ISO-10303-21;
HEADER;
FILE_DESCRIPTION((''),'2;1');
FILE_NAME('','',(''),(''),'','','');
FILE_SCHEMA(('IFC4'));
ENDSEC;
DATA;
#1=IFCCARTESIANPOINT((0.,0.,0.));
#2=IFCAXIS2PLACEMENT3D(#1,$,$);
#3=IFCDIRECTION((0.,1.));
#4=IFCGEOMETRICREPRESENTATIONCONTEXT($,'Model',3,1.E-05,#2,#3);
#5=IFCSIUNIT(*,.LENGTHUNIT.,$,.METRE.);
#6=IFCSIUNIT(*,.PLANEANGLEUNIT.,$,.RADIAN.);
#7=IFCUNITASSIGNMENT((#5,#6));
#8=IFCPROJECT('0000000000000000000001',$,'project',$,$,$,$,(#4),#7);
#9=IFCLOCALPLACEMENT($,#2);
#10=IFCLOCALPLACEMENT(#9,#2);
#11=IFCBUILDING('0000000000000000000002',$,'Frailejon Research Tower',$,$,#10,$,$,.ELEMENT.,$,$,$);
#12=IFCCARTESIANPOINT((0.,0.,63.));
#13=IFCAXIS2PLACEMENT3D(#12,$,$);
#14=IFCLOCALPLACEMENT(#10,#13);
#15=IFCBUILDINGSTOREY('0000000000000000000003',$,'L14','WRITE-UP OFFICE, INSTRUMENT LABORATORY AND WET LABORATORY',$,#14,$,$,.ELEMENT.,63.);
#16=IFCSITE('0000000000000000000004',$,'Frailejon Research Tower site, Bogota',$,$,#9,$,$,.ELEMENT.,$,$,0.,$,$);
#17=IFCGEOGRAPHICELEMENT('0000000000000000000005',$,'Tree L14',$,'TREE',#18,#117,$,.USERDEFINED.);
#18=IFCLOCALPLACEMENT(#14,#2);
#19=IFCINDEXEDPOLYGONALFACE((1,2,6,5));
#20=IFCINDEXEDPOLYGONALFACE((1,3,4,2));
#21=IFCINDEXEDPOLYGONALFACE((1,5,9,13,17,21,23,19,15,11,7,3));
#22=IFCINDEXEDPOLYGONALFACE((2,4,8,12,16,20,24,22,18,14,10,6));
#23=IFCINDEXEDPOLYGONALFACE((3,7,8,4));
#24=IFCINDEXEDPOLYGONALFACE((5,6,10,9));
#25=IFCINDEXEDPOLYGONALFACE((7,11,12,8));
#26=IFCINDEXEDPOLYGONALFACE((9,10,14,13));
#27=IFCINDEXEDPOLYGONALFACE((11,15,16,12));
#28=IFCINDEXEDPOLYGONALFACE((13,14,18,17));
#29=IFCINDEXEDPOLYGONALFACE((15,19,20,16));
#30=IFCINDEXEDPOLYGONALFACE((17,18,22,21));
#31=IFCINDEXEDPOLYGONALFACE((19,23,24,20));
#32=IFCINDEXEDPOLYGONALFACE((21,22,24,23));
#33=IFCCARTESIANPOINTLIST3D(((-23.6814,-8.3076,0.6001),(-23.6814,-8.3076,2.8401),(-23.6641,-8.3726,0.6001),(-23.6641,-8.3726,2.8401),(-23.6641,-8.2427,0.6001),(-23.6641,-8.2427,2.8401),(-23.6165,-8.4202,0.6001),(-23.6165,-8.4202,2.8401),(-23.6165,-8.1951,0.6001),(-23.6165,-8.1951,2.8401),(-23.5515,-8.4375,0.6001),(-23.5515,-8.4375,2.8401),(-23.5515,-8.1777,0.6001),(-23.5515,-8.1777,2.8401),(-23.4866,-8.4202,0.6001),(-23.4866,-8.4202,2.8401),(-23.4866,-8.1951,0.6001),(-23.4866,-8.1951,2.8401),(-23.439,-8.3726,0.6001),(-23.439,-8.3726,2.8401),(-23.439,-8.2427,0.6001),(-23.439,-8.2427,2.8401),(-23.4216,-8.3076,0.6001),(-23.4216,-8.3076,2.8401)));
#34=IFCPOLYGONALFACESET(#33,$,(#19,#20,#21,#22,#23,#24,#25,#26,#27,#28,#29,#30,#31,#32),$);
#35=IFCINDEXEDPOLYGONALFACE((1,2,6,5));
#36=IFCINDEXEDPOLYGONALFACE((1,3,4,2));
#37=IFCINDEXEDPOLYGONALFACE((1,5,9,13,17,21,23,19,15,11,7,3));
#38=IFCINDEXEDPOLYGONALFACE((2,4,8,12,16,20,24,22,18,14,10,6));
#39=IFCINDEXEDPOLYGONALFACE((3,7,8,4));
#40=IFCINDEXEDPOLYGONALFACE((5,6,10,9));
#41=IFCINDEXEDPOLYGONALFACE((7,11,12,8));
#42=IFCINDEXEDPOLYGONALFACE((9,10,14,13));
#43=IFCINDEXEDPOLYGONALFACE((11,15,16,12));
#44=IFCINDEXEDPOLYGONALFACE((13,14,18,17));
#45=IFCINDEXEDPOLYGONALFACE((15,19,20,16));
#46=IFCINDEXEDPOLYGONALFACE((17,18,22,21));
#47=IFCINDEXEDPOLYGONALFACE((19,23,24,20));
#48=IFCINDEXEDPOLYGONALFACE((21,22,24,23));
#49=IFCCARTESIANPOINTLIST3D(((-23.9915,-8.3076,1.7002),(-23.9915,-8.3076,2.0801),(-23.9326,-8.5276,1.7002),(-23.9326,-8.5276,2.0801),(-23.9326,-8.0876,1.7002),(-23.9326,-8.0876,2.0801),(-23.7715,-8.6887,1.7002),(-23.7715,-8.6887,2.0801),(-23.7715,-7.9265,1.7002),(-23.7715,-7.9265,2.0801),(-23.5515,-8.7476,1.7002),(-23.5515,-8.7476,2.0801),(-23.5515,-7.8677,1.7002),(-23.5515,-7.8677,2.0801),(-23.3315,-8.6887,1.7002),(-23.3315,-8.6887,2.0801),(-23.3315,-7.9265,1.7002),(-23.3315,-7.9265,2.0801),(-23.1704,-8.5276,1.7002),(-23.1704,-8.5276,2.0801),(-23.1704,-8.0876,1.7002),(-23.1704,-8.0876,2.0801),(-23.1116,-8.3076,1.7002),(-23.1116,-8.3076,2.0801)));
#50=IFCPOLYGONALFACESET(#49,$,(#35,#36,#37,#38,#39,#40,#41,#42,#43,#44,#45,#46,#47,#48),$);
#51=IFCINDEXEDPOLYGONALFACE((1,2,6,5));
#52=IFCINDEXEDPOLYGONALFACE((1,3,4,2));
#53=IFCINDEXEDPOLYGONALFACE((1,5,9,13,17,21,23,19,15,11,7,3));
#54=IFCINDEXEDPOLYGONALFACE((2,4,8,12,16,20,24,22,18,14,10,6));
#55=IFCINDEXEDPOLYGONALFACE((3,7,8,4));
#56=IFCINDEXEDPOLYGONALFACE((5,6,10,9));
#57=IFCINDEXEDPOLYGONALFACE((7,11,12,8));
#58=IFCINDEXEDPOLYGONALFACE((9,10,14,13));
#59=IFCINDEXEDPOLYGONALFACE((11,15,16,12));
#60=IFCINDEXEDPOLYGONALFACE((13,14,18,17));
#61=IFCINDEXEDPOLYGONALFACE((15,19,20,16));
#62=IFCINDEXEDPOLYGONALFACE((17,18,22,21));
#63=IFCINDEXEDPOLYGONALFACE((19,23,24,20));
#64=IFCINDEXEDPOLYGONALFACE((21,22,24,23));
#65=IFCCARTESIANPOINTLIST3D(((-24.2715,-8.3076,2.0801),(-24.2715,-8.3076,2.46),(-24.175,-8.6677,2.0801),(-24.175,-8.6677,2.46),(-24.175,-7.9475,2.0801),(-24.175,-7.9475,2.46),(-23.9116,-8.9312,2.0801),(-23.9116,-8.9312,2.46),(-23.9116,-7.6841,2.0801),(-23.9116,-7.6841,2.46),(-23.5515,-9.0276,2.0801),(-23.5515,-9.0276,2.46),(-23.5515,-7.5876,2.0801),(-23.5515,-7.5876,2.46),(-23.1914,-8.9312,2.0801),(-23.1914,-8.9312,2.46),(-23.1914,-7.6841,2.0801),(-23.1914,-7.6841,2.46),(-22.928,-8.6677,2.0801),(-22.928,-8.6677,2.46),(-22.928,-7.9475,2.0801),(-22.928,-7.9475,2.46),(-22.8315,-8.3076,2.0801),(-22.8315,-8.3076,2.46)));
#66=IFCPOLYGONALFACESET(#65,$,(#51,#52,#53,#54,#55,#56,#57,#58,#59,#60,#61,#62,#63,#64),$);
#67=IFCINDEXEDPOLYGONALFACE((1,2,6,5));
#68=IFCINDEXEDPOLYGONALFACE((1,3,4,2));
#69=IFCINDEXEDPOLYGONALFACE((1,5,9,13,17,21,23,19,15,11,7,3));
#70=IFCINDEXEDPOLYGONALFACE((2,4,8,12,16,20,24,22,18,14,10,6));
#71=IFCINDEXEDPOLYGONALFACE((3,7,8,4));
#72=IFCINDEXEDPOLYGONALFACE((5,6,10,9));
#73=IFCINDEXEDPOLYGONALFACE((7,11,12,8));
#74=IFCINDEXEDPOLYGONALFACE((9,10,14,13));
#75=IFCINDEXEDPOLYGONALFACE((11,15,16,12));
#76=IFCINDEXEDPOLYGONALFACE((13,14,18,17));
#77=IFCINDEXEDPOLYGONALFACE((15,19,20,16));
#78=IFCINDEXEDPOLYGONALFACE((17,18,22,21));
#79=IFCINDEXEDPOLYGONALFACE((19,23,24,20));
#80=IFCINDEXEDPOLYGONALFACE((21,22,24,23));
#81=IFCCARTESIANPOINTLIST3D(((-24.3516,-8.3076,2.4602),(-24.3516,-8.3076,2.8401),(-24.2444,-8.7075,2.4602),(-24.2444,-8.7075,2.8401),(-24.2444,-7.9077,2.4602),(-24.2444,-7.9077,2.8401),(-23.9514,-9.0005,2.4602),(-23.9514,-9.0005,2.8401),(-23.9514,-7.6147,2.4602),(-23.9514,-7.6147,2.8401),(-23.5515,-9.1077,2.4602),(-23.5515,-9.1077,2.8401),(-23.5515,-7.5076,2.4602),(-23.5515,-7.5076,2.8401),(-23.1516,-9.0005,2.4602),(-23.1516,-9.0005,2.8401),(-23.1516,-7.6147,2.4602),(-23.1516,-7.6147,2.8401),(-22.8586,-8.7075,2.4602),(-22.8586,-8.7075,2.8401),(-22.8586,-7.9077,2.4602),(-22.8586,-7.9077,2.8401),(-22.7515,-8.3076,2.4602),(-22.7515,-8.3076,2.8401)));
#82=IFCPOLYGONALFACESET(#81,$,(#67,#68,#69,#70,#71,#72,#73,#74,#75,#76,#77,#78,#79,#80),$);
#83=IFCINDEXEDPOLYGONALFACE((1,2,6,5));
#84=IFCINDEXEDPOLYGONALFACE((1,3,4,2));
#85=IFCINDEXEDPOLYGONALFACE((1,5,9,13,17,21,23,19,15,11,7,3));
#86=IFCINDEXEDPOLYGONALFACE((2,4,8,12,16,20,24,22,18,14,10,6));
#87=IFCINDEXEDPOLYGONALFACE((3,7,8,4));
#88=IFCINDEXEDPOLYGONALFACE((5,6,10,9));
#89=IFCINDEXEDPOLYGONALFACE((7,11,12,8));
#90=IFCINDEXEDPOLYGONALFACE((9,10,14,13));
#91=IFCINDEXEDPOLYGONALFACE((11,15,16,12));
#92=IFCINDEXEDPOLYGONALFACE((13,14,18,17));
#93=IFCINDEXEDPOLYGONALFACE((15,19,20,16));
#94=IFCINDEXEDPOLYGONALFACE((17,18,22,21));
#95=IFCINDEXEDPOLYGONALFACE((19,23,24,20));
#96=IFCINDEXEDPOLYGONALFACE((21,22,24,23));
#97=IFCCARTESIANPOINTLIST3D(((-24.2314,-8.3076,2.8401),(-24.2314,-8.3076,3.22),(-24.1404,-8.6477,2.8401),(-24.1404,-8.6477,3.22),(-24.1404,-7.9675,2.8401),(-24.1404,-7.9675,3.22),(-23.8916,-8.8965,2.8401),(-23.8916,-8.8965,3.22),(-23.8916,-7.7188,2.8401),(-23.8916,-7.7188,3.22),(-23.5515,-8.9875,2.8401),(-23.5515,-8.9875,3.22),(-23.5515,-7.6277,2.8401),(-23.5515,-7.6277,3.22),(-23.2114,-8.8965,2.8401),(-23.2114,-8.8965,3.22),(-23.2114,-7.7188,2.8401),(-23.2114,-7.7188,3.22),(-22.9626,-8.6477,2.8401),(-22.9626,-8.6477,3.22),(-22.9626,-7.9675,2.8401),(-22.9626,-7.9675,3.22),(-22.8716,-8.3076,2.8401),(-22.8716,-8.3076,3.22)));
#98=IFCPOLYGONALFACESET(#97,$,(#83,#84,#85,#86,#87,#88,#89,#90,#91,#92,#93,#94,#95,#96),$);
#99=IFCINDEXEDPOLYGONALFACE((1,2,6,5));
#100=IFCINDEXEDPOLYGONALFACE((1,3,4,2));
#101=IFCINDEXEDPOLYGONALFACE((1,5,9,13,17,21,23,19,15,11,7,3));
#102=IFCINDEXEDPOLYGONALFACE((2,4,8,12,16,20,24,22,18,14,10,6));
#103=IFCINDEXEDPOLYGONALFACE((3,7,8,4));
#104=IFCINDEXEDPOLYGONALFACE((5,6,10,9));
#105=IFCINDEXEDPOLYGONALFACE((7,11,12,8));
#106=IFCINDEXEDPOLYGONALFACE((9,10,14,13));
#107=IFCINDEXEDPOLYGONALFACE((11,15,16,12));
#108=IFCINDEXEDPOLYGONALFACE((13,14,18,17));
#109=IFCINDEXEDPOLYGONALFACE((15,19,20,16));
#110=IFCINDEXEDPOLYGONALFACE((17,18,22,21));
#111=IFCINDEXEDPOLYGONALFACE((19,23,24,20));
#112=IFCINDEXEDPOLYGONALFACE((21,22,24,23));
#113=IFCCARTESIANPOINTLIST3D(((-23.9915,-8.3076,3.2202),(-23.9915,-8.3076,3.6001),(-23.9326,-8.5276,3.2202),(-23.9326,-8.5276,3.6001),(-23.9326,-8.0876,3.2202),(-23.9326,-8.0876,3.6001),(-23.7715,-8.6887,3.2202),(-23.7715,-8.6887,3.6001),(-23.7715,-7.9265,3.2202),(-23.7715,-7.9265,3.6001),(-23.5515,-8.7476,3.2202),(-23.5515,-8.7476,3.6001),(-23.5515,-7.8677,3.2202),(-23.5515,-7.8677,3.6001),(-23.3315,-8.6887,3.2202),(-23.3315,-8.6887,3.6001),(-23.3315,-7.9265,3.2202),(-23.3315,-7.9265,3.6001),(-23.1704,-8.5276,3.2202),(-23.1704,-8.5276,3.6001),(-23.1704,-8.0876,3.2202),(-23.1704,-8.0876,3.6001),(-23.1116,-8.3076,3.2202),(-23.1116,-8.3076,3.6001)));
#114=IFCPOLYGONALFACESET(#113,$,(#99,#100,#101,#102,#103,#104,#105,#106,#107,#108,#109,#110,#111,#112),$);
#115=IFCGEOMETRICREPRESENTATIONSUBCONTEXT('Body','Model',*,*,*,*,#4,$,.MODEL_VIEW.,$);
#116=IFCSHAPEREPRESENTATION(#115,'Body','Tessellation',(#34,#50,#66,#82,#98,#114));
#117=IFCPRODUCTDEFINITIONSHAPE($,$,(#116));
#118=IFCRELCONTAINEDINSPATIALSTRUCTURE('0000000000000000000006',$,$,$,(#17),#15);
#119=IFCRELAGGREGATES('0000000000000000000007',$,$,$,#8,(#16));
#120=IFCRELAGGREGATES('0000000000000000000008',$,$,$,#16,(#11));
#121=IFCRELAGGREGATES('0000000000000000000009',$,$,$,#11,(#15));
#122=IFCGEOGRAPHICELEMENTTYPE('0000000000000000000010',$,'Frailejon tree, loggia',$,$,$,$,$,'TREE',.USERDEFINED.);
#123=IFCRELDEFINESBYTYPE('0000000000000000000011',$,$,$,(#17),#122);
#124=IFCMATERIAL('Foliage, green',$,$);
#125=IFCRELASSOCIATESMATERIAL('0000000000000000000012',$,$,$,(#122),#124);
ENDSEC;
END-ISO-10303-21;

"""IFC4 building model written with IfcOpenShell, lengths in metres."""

from ifc_helpers import new_model, si_unit, direction, frame, origin, place, context, subcontext, project, spatial, polyline, outline, extrude, material, type_object, element, save


model = new_model("IFC4")

# Units and contexts
model_context = context("Model", 3, precision=1e-05, world=origin(), true_north=direction((0.0, 1.0)))
body_context = subcontext(model_context, "Body", "Model", "MODEL_VIEW")
ifc_project = project(units=[si_unit("LENGTHUNIT", "METRE"), si_unit("PLANEANGLEUNIT", "RADIAN")], contexts=[model_context])

# Site, building, storey
site_placement = place(None, origin())
site = spatial("IfcSite", under=ifc_project, at=site_placement, Name="Frailejon Research Tower site, Bogota", CompositionType="ELEMENT", RefElevation=0.0)
building_placement = place(site_placement, origin())
building = spatial("IfcBuilding", under=site, at=building_placement, Name="Frailejon Research Tower", CompositionType="ELEMENT")
storey_placement = place(building_placement, frame((0.0, 0.0, 63.0)))
storey = spatial("IfcBuildingStorey", under=building, at=storey_placement, Name="L14", Description="WRITE-UP OFFICE, INSTRUMENT LABORATORY AND WET LABORATORY", CompositionType="ELEMENT", Elevation=63.0)

# Geographic element
ifc_material_1 = material(Name="Foliage, green")
geographic_element_type = type_object("IfcGeographicElementType", Name="Frailejon tree, loggia", ElementType="TREE", PredefinedType="USERDEFINED", material=ifc_material_1)
geographic_element_placement = place(storey_placement, frame((-23.5515, -8.3076, 0.6001)))
element("IfcGeographicElement", 1, at=geographic_element_placement, inside=storey, type_object=geographic_element_type, Name="Tree L14", ObjectType="TREE", PredefinedType="USERDEFINED", context=body_context, shape_type="SweptSolid", body=[
    extrude(outline(polyline([(0.1299, 0.0), (0.1125, 0.0649), (0.0649, 0.1125), (0.0, 0.1299), (-0.0649, 0.1125), (-0.1125, 0.0649), (-0.1299, 0.0), (-0.1125, -0.0649), (-0.0649, -0.1125), (0.0, -0.1299), (0.0649, -0.1125), (0.1125, -0.0649), (0.1299, 0.0)])), origin(), (0.0, 0.0, 1.0), 2.24),
    extrude(outline(polyline([(0.4399, 0.0), (0.3811, 0.22), (0.22, 0.3811), (0.0, 0.4399), (-0.22, 0.3811), (-0.3811, 0.22), (-0.4399, 0.0), (-0.3811, -0.22), (-0.22, -0.3811), (0.0, -0.4399), (0.22, -0.3811), (0.3811, -0.22), (0.4399, 0.0)])), frame((0.0, 0.0, 1.1001)), (0.0, 0.0, 1.0), 0.3799),
    extrude(outline(polyline([(0.72, 0.0), (0.6235, 0.3601), (0.3601, 0.6235), (0.0, 0.72), (-0.3601, 0.6235), (-0.6235, 0.3601), (-0.72, 0.0), (-0.6235, -0.3601), (-0.3601, -0.6235), (0.0, -0.72), (0.3601, -0.6235), (0.6235, -0.3601), (0.72, 0.0)])), frame((0.0, 0.0, 1.48)), (0.0, 0.0, 1.0), 0.3799),
    extrude(outline(polyline([(0.8, 0.0), (0.6929, 0.3999), (0.3999, 0.6929), (0.0, 0.8), (-0.3999, 0.6929), (-0.6929, 0.3999), (-0.8, 0.0), (-0.6929, -0.3999), (-0.3999, -0.6929), (0.0, -0.8), (0.3999, -0.6929), (0.6929, -0.3999), (0.8, 0.0)])), frame((0.0, 0.0, 1.8601)), (0.0, 0.0, 1.0), 0.3799),
    extrude(outline(polyline([(0.6799, 0.0), (0.5889, 0.3401), (0.3401, 0.5889), (0.0, 0.6799), (-0.3401, 0.5889), (-0.5889, 0.3401), (-0.6799, 0.0), (-0.5889, -0.3401), (-0.3401, -0.5889), (0.0, -0.6799), (0.3401, -0.5889), (0.5889, -0.3401), (0.6799, 0.0)])), frame((0.0, 0.0, 2.24)), (0.0, 0.0, 1.0), 0.3799),
    extrude(outline(polyline([(0.4399, 0.0), (0.3811, 0.22), (0.22, 0.3811), (0.0, 0.4399), (-0.22, 0.3811), (-0.3811, 0.22), (-0.4399, 0.0), (-0.3811, -0.22), (-0.22, -0.3811), (0.0, -0.4399), (0.22, -0.3811), (0.3811, -0.22), (0.4399, 0.0)])), frame((0.0, 0.0, 2.6201)), (0.0, 0.0, 1.0), 0.3799),
])

save(model, "model.ifc")
